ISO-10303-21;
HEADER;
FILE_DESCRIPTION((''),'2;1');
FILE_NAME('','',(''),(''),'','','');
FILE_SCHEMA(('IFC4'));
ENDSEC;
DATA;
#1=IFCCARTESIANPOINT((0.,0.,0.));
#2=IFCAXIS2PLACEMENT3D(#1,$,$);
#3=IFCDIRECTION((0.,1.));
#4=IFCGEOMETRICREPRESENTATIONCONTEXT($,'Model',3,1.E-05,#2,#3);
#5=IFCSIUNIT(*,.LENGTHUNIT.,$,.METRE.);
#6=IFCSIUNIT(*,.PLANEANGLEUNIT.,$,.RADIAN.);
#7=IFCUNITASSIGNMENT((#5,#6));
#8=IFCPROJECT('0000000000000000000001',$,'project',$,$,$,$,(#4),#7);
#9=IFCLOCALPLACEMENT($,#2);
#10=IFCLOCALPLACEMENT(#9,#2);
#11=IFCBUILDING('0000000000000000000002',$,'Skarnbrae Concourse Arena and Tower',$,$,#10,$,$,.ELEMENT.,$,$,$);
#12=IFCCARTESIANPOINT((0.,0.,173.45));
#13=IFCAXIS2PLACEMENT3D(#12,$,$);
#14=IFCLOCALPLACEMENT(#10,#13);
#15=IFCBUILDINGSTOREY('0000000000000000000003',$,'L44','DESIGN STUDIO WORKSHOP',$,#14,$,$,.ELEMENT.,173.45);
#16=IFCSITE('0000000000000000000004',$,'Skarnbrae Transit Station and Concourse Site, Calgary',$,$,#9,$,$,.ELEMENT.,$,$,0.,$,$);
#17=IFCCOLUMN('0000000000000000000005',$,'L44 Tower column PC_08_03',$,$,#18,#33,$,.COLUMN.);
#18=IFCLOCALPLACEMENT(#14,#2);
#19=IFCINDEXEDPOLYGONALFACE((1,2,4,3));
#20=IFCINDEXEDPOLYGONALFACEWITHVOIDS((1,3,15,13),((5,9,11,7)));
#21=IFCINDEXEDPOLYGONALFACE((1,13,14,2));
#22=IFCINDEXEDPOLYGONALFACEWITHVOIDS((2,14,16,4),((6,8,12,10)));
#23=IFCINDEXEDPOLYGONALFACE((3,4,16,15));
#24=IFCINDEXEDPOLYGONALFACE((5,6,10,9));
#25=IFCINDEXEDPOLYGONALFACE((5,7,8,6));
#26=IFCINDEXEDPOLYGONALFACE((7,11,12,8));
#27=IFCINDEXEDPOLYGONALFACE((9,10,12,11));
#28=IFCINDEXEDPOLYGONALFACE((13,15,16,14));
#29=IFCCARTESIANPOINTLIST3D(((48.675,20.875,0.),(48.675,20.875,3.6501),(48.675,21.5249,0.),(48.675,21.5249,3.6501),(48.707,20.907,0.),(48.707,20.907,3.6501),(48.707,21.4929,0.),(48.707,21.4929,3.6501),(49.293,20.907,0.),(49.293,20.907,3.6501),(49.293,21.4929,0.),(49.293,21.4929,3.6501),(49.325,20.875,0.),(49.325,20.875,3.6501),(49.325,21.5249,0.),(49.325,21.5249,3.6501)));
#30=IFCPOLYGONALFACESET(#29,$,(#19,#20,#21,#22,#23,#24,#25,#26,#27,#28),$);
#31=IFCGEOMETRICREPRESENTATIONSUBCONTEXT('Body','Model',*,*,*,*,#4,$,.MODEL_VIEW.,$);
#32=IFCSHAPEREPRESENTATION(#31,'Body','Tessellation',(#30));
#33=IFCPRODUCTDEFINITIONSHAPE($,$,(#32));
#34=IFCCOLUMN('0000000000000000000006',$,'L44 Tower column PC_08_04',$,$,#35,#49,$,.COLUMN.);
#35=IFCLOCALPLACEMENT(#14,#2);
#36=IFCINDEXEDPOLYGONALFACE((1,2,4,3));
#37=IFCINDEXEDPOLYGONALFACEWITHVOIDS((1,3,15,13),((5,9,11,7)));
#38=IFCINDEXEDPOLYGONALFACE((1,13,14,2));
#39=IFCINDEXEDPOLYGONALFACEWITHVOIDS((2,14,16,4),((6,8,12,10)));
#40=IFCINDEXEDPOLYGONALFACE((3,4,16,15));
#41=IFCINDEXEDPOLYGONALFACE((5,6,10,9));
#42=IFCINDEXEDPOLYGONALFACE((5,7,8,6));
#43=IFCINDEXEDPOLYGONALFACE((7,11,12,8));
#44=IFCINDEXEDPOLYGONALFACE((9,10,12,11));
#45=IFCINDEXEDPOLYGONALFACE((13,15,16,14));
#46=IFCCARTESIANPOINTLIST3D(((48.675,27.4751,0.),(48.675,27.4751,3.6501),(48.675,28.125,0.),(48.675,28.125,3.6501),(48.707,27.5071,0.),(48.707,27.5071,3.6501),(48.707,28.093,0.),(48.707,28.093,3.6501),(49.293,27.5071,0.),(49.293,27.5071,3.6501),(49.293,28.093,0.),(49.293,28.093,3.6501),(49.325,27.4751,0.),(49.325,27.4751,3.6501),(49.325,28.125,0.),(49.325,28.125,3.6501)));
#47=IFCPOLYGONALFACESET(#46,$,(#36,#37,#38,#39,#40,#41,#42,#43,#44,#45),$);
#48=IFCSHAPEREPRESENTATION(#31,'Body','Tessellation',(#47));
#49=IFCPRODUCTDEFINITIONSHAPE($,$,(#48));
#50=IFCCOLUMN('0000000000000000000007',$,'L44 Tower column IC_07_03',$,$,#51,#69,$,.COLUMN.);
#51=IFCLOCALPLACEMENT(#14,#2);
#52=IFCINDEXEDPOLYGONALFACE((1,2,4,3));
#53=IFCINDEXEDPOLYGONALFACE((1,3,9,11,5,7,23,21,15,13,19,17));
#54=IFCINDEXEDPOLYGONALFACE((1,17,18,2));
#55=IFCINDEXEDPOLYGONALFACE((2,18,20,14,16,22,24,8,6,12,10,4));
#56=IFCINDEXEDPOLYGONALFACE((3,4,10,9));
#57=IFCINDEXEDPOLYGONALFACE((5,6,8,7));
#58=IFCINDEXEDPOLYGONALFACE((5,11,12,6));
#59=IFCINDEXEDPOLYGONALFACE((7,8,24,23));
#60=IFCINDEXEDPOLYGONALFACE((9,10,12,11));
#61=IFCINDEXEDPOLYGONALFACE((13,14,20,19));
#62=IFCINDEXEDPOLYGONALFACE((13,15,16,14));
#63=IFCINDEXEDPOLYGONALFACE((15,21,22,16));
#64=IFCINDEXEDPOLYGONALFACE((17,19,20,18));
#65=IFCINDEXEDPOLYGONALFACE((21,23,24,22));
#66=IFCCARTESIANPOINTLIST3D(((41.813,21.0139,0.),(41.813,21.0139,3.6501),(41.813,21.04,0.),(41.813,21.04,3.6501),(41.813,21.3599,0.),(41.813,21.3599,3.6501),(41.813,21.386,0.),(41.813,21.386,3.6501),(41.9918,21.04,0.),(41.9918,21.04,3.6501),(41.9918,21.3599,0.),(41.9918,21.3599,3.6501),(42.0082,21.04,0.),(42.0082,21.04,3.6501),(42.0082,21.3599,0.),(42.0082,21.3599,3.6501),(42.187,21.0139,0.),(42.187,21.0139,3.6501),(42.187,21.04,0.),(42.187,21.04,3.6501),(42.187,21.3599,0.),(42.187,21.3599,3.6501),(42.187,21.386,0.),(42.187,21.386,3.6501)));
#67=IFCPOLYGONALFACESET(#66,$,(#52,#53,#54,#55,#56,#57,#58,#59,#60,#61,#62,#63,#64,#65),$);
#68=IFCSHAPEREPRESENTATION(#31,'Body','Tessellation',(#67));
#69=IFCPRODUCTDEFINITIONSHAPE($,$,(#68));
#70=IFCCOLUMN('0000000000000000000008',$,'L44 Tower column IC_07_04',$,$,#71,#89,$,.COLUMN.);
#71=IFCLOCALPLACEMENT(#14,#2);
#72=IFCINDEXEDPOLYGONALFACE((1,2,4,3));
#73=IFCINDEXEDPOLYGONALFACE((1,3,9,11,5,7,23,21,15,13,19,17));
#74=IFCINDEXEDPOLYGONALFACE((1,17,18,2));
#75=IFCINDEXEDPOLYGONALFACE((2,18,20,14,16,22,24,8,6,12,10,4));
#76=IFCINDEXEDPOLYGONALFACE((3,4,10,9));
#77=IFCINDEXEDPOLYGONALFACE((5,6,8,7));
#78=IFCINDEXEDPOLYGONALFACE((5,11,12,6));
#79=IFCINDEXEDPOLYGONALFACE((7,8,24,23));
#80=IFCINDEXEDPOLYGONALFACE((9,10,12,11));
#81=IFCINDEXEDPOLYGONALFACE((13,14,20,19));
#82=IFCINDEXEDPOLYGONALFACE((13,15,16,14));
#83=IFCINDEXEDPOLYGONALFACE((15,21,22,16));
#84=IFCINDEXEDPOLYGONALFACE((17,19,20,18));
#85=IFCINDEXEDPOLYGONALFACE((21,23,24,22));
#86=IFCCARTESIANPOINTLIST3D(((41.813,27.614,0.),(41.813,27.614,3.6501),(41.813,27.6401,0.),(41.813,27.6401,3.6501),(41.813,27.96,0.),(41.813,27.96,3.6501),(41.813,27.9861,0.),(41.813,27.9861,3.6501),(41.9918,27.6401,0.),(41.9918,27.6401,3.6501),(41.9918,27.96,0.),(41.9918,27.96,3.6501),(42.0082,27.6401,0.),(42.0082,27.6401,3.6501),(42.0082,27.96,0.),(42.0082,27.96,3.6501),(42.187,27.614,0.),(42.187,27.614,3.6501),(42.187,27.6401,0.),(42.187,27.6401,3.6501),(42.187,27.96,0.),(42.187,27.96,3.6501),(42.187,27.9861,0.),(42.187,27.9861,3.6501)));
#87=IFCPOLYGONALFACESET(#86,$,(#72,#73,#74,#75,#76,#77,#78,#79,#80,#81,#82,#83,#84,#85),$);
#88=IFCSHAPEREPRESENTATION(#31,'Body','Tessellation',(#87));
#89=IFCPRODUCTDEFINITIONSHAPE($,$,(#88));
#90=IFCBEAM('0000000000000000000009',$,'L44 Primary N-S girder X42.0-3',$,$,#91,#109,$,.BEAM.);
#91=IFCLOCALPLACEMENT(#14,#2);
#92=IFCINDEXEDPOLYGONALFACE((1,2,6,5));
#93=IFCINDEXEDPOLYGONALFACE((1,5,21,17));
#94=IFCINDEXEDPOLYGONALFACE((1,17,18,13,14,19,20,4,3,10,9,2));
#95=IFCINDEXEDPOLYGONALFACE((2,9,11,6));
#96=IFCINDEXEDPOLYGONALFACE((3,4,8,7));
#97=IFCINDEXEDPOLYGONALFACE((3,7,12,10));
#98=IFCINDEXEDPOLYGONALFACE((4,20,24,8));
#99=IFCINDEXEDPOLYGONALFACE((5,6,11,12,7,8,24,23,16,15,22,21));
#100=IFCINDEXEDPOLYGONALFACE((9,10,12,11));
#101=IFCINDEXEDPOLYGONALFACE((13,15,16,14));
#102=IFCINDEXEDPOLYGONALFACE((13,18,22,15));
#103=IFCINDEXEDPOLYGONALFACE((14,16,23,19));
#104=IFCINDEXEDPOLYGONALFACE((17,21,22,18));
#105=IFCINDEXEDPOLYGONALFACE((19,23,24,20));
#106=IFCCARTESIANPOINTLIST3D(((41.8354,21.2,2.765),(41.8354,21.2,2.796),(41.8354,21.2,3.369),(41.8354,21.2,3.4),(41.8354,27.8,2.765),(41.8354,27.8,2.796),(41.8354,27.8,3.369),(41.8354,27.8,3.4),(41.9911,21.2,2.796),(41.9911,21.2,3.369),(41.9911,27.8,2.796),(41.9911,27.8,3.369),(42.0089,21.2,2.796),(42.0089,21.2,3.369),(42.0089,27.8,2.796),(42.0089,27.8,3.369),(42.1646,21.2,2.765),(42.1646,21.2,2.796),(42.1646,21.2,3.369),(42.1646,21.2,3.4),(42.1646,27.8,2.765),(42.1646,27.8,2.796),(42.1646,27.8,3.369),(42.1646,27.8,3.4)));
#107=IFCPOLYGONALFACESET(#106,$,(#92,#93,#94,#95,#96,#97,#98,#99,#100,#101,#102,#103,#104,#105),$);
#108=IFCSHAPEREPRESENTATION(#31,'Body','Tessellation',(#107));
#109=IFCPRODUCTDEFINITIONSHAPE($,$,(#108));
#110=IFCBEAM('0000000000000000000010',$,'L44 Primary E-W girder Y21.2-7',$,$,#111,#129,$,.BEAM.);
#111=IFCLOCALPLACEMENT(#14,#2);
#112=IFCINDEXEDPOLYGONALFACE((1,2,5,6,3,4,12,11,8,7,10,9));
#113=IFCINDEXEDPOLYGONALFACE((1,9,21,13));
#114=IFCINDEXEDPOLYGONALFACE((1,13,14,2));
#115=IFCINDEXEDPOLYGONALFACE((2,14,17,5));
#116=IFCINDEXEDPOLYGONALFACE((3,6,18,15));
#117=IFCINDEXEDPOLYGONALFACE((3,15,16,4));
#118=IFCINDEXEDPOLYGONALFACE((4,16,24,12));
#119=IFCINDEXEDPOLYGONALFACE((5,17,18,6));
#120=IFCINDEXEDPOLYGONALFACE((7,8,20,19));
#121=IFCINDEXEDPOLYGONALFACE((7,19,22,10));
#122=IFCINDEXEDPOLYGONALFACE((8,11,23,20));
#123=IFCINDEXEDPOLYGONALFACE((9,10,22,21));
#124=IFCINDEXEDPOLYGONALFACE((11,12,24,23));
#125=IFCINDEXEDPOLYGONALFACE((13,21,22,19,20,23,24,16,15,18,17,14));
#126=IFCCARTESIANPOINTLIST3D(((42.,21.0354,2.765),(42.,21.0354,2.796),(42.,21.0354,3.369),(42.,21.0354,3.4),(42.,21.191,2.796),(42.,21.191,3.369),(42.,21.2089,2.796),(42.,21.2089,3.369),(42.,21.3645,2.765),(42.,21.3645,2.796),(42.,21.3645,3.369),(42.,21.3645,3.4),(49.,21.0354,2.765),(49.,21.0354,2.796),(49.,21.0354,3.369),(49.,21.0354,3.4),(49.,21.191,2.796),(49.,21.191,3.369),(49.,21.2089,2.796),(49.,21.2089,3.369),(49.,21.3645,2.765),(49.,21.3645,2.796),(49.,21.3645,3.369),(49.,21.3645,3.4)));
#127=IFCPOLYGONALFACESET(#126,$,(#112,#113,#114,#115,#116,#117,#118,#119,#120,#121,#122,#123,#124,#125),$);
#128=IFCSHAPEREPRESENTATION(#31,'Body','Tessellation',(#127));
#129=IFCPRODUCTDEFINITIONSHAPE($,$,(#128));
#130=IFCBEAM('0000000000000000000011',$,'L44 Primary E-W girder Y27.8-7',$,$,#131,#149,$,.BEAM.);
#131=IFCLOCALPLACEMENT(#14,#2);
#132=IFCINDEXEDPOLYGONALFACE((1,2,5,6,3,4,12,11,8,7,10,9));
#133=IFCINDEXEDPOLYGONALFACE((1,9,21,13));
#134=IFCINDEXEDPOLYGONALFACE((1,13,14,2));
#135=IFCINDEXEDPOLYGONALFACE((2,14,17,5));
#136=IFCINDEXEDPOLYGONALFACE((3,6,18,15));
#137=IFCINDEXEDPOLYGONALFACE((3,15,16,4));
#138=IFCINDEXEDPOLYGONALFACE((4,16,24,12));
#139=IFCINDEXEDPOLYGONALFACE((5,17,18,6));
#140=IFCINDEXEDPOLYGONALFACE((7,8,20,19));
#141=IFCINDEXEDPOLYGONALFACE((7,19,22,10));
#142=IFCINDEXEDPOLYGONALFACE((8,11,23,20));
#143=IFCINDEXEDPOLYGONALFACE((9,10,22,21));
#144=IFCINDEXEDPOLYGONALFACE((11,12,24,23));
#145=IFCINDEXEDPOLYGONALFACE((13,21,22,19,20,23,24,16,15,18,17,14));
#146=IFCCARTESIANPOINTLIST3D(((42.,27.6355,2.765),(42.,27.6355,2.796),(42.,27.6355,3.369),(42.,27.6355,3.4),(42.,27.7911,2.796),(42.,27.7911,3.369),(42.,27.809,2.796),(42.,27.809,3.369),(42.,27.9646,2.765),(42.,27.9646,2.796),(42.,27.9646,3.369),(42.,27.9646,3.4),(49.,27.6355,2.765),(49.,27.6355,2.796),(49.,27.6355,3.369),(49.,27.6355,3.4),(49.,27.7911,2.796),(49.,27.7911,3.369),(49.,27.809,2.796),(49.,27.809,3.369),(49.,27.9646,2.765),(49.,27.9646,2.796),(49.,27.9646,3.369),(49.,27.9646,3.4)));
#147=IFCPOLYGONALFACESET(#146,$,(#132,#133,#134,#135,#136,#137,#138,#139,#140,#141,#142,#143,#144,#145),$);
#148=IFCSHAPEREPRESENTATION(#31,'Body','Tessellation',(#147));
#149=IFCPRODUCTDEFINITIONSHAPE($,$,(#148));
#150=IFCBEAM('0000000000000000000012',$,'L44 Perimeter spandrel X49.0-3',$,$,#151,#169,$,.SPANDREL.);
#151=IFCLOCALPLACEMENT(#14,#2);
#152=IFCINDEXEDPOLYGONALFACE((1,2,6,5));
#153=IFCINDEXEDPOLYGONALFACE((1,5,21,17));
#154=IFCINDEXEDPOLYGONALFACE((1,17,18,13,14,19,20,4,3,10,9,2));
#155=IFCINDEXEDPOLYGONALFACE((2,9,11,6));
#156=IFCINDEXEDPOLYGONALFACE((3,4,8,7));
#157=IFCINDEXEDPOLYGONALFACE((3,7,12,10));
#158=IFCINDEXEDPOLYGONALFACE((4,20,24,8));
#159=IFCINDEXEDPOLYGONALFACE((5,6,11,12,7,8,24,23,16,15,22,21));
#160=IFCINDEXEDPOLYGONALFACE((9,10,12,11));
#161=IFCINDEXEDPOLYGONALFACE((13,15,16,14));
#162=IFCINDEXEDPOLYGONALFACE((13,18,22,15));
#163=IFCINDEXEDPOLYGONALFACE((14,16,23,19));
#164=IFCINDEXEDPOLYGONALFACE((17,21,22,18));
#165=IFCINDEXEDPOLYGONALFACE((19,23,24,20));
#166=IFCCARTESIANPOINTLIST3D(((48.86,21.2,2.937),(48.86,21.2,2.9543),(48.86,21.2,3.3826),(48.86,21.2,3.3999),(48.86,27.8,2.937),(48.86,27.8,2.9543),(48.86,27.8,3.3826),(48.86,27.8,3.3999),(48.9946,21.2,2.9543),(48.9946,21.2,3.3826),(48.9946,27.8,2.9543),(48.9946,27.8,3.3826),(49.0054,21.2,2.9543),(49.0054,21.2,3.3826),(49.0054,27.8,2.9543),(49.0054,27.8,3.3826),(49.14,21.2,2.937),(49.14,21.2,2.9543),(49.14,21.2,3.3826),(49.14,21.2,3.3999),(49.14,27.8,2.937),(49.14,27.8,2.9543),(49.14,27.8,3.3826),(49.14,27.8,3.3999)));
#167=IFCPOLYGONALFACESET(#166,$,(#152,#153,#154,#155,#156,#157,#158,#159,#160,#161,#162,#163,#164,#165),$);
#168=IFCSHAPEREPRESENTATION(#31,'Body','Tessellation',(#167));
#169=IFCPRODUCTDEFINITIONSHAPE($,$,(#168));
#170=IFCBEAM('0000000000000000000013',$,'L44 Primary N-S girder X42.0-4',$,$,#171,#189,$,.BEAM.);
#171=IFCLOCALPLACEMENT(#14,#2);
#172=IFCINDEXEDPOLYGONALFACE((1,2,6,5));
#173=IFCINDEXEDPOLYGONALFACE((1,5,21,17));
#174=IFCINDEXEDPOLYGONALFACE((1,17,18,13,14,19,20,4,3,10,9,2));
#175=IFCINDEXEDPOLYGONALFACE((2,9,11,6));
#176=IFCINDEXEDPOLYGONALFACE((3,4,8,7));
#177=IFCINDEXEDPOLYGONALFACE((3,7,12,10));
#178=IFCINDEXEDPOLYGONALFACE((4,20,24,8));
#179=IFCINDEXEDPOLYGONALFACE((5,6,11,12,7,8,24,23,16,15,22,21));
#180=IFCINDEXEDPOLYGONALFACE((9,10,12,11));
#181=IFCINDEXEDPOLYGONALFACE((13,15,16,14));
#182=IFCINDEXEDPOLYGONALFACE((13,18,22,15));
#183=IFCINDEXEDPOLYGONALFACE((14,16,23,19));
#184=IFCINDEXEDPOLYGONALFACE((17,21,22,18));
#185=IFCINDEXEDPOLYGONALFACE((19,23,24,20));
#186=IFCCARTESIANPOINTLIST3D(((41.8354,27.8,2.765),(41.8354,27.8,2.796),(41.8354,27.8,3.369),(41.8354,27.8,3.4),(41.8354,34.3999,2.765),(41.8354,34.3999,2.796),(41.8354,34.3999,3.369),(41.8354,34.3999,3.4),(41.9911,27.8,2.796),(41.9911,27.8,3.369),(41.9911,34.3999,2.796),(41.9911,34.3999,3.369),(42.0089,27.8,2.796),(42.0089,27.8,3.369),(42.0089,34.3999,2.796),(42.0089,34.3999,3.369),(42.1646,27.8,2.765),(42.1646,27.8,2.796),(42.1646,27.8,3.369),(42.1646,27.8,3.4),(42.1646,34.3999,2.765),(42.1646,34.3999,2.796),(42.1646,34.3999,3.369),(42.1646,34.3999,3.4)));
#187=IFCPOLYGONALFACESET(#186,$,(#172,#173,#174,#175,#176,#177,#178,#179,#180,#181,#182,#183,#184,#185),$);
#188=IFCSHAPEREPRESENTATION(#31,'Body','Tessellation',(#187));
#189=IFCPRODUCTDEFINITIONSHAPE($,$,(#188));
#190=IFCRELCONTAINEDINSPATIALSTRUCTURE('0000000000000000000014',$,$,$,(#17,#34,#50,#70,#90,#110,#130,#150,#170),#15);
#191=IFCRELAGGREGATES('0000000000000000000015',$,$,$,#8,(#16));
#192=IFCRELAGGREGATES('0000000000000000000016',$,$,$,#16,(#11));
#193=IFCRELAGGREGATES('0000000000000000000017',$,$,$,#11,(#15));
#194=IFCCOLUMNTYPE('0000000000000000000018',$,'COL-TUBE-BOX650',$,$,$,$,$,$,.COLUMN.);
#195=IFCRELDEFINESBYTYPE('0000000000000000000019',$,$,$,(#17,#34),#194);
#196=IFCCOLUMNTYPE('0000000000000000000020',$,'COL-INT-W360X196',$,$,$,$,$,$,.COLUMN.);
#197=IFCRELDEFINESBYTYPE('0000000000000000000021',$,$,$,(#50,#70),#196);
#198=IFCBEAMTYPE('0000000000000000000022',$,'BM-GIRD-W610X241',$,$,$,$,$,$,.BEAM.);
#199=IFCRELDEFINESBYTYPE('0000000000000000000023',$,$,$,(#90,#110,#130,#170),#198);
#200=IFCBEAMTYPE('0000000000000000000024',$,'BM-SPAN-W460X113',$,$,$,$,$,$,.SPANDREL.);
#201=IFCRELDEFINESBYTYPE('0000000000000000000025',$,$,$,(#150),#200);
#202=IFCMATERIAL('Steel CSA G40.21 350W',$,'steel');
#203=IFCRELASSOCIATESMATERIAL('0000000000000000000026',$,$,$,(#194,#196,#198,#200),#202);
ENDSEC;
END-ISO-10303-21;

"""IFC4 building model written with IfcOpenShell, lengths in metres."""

from ifc_helpers import new_model, si_unit, direction, frame, origin, origin_2d, place, context, subcontext, project, spatial, hollow_rectangle, i_section, extrude, source, transform, mapped, material, material_profile, profile_set, type_object, element, save


model = new_model("IFC4")

# Units and contexts
model_context = context("Model", 3, precision=1e-05, world=origin(), true_north=direction((0.0, 1.0)))
body_context = subcontext(model_context, "Body", "Model", "MODEL_VIEW")
ifc_project = project(units=[si_unit("LENGTHUNIT", "METRE"), si_unit("PLANEANGLEUNIT", "RADIAN")], contexts=[model_context])

# Site, building, storey
site_placement = place(None, origin())
site = spatial("IfcSite", under=ifc_project, at=site_placement, Name="Skarnbrae Transit Station and Concourse Site, Calgary", CompositionType="ELEMENT", RefElevation=0.0)
building_placement = place(site_placement, origin())
building = spatial("IfcBuilding", under=site, at=building_placement, Name="Skarnbrae Concourse Arena and Tower", CompositionType="ELEMENT")
storey_placement = place(building_placement, frame((0.0, 0.0, 173.45)))
storey = spatial("IfcBuildingStorey", under=building, at=storey_placement, Name="L44", Description="DESIGN STUDIO WORKSHOP", CompositionType="ELEMENT", Elevation=173.45)

# Columns
ifc_material_1 = material(Name="Steel CSA G40.21 350W", Category="steel")
ifc_material_profile_1 = material_profile(ifc_material_1, hollow_rectangle(XDim=0.6499, YDim=0.6499, WallThickness=0.032, at=origin_2d()), Name="BOX650X650X32")
ifc_profile_set_1 = profile_set([ifc_material_profile_1], Name="Steel CSA G40.21 350W")
column_type_1 = type_object("IfcColumnType", Name="COL-TUBE-BOX650", PredefinedType="COLUMN", material=ifc_profile_set_1)
shared_shape_1 = source(origin(), body_context, "Body", "SweptSolid", [
    extrude(hollow_rectangle(XDim=0.6499, YDim=0.6499, WallThickness=0.032, at=origin_2d()), origin(), (0.0, 0.0, 1.0), 3.6501),
])
for number, where, z_axis, x_axis, name in (
    (1, (49.0, 21.2, 0.0), (0.0, 0.0, 1.0), (1.0, 0.0, 0.0), "L44 Tower column PC_08_03"),
    (2, (49.0, 27.8, 0.0), (0.0, 0.0, 1.0), (1.0, 0.0, 0.0), "L44 Tower column PC_08_04"),
):
    element("IfcColumn", number, at=place(storey_placement, frame(where, z_axis=z_axis, x_axis=x_axis)), inside=storey, type_object=column_type_1, Name=name, PredefinedType="COLUMN", context=body_context, shape_type="MappedRepresentation", body=[
        mapped(shared_shape_1, transform((0.0, 0.0, 0.0))),
    ])
ifc_material_profile_2 = material_profile(ifc_material_1, i_section(OverallWidth=0.374, OverallDepth=0.3721, WebThickness=0.0164, FlangeThickness=0.0261, at=origin_2d()), Name="W360X196")
ifc_profile_set_2 = profile_set([ifc_material_profile_2], Name="Steel CSA G40.21 350W")
column_type_2 = type_object("IfcColumnType", Name="COL-INT-W360X196", PredefinedType="COLUMN", material=ifc_profile_set_2)
shared_shape_2 = source(origin(), body_context, "Body", "SweptSolid", [
    extrude(i_section(OverallWidth=0.374, OverallDepth=0.3721, WebThickness=0.0164, FlangeThickness=0.0261, at=origin_2d()), origin(), (0.0, 0.0, 1.0), 3.6501),
])
for number, where, z_axis, x_axis, name in (
    (3, (42.0, 21.2, 0.0), (0.0, 0.0, 1.0), (1.0, 0.0, 0.0), "L44 Tower column IC_07_03"),
    (4, (42.0, 27.8, 0.0), (0.0, 0.0, 1.0), (1.0, 0.0, 0.0), "L44 Tower column IC_07_04"),
):
    element("IfcColumn", number, at=place(storey_placement, frame(where, z_axis=z_axis, x_axis=x_axis)), inside=storey, type_object=column_type_2, Name=name, PredefinedType="COLUMN", context=body_context, shape_type="MappedRepresentation", body=[
        mapped(shared_shape_2, transform((0.0, 0.0, 0.0))),
    ])

# Beams
ifc_material_profile_3 = material_profile(ifc_material_1, i_section(OverallWidth=0.3291, OverallDepth=0.635, WebThickness=0.0178, FlangeThickness=0.031, at=origin_2d()), Name="W610X241")
ifc_profile_set_3 = profile_set([ifc_material_profile_3], Name="Steel CSA G40.21 350W")
beam_type_1 = type_object("IfcBeamType", Name="BM-GIRD-W610X241", PredefinedType="BEAM", material=ifc_profile_set_3)
shared_shape_3 = source(origin(), body_context, "Body", "SweptSolid", [
    extrude(i_section(OverallWidth=0.3291, OverallDepth=0.635, WebThickness=0.0178, FlangeThickness=0.031, at=origin_2d()), origin(), (0.0, 0.0, 1.0), 6.6001),
])
beam_1_placement = place(storey_placement, frame((42.0, 21.2, 3.0825), z_axis=(0.0, 1.0, 0.0), x_axis=(-1.0, 0.0, 0.0)))
element("IfcBeam", 5, at=beam_1_placement, inside=storey, type_object=beam_type_1, Name="L44 Primary N-S girder X42.0-3", PredefinedType="BEAM", context=body_context, shape_type="MappedRepresentation", body=[
    mapped(shared_shape_3, transform((0.0, 0.0, 0.0))),
])
shared_shape_4 = source(origin(), body_context, "Body", "SweptSolid", [
    extrude(i_section(OverallWidth=0.3291, OverallDepth=0.635, WebThickness=0.0178, FlangeThickness=0.031, at=origin_2d()), origin(), (0.0, 0.0, 1.0), 7.0),
])
for number, where, z_axis, x_axis, name in (
    (6, (42.0, 21.2, 3.0825), (1.0, 0.0, 0.0), (0.0, 1.0, 0.0), "L44 Primary E-W girder Y21.2-7"),
    (7, (42.0, 27.8, 3.0825), (1.0, 0.0, 0.0), (0.0, 1.0, 0.0), "L44 Primary E-W girder Y27.8-7"),
):
    element("IfcBeam", number, at=place(storey_placement, frame(where, z_axis=z_axis, x_axis=x_axis)), inside=storey, type_object=beam_type_1, Name=name, PredefinedType="BEAM", context=body_context, shape_type="MappedRepresentation", body=[
        mapped(shared_shape_4, transform((0.0, 0.0, 0.0))),
    ])
ifc_material_profile_4 = material_profile(ifc_material_1, i_section(OverallWidth=0.28, OverallDepth=0.4629, WebThickness=0.0107, FlangeThickness=0.0173, at=origin_2d()), Name="W460X113")
ifc_profile_set_4 = profile_set([ifc_material_profile_4], Name="Steel CSA G40.21 350W")
beam_type_2 = type_object("IfcBeamType", Name="BM-SPAN-W460X113", PredefinedType="SPANDREL", material=ifc_profile_set_4)
shared_shape_5 = source(origin(), body_context, "Body", "SweptSolid", [
    extrude(i_section(OverallWidth=0.28, OverallDepth=0.4629, WebThickness=0.0107, FlangeThickness=0.0173, at=origin_2d()), origin(), (0.0, 0.0, 1.0), 6.6001),
])
beam_2_placement = place(storey_placement, frame((49.0, 21.2, 3.1685), z_axis=(0.0, 1.0, 0.0), x_axis=(-1.0, 0.0, 0.0)))
element("IfcBeam", 8, at=beam_2_placement, inside=storey, type_object=beam_type_2, Name="L44 Perimeter spandrel X49.0-3", PredefinedType="SPANDREL", context=body_context, shape_type="MappedRepresentation", body=[
    mapped(shared_shape_5, transform((0.0, 0.0, 0.0))),
])
shared_shape_6 = source(origin(), body_context, "Body", "SweptSolid", [
    extrude(i_section(OverallWidth=0.3291, OverallDepth=0.635, WebThickness=0.0178, FlangeThickness=0.031, at=origin_2d()), origin(), (0.0, 0.0, 1.0), 6.5999),
])
beam_3_placement = place(storey_placement, frame((42.0, 27.8, 3.0825), z_axis=(0.0, 1.0, 0.0), x_axis=(-1.0, 0.0, 0.0)))
element("IfcBeam", 9, at=beam_3_placement, inside=storey, type_object=beam_type_1, Name="L44 Primary N-S girder X42.0-4", PredefinedType="BEAM", context=body_context, shape_type="MappedRepresentation", body=[
    mapped(shared_shape_6, transform((0.0, 0.0, 0.0))),
])

save(model, "model.ifc")
